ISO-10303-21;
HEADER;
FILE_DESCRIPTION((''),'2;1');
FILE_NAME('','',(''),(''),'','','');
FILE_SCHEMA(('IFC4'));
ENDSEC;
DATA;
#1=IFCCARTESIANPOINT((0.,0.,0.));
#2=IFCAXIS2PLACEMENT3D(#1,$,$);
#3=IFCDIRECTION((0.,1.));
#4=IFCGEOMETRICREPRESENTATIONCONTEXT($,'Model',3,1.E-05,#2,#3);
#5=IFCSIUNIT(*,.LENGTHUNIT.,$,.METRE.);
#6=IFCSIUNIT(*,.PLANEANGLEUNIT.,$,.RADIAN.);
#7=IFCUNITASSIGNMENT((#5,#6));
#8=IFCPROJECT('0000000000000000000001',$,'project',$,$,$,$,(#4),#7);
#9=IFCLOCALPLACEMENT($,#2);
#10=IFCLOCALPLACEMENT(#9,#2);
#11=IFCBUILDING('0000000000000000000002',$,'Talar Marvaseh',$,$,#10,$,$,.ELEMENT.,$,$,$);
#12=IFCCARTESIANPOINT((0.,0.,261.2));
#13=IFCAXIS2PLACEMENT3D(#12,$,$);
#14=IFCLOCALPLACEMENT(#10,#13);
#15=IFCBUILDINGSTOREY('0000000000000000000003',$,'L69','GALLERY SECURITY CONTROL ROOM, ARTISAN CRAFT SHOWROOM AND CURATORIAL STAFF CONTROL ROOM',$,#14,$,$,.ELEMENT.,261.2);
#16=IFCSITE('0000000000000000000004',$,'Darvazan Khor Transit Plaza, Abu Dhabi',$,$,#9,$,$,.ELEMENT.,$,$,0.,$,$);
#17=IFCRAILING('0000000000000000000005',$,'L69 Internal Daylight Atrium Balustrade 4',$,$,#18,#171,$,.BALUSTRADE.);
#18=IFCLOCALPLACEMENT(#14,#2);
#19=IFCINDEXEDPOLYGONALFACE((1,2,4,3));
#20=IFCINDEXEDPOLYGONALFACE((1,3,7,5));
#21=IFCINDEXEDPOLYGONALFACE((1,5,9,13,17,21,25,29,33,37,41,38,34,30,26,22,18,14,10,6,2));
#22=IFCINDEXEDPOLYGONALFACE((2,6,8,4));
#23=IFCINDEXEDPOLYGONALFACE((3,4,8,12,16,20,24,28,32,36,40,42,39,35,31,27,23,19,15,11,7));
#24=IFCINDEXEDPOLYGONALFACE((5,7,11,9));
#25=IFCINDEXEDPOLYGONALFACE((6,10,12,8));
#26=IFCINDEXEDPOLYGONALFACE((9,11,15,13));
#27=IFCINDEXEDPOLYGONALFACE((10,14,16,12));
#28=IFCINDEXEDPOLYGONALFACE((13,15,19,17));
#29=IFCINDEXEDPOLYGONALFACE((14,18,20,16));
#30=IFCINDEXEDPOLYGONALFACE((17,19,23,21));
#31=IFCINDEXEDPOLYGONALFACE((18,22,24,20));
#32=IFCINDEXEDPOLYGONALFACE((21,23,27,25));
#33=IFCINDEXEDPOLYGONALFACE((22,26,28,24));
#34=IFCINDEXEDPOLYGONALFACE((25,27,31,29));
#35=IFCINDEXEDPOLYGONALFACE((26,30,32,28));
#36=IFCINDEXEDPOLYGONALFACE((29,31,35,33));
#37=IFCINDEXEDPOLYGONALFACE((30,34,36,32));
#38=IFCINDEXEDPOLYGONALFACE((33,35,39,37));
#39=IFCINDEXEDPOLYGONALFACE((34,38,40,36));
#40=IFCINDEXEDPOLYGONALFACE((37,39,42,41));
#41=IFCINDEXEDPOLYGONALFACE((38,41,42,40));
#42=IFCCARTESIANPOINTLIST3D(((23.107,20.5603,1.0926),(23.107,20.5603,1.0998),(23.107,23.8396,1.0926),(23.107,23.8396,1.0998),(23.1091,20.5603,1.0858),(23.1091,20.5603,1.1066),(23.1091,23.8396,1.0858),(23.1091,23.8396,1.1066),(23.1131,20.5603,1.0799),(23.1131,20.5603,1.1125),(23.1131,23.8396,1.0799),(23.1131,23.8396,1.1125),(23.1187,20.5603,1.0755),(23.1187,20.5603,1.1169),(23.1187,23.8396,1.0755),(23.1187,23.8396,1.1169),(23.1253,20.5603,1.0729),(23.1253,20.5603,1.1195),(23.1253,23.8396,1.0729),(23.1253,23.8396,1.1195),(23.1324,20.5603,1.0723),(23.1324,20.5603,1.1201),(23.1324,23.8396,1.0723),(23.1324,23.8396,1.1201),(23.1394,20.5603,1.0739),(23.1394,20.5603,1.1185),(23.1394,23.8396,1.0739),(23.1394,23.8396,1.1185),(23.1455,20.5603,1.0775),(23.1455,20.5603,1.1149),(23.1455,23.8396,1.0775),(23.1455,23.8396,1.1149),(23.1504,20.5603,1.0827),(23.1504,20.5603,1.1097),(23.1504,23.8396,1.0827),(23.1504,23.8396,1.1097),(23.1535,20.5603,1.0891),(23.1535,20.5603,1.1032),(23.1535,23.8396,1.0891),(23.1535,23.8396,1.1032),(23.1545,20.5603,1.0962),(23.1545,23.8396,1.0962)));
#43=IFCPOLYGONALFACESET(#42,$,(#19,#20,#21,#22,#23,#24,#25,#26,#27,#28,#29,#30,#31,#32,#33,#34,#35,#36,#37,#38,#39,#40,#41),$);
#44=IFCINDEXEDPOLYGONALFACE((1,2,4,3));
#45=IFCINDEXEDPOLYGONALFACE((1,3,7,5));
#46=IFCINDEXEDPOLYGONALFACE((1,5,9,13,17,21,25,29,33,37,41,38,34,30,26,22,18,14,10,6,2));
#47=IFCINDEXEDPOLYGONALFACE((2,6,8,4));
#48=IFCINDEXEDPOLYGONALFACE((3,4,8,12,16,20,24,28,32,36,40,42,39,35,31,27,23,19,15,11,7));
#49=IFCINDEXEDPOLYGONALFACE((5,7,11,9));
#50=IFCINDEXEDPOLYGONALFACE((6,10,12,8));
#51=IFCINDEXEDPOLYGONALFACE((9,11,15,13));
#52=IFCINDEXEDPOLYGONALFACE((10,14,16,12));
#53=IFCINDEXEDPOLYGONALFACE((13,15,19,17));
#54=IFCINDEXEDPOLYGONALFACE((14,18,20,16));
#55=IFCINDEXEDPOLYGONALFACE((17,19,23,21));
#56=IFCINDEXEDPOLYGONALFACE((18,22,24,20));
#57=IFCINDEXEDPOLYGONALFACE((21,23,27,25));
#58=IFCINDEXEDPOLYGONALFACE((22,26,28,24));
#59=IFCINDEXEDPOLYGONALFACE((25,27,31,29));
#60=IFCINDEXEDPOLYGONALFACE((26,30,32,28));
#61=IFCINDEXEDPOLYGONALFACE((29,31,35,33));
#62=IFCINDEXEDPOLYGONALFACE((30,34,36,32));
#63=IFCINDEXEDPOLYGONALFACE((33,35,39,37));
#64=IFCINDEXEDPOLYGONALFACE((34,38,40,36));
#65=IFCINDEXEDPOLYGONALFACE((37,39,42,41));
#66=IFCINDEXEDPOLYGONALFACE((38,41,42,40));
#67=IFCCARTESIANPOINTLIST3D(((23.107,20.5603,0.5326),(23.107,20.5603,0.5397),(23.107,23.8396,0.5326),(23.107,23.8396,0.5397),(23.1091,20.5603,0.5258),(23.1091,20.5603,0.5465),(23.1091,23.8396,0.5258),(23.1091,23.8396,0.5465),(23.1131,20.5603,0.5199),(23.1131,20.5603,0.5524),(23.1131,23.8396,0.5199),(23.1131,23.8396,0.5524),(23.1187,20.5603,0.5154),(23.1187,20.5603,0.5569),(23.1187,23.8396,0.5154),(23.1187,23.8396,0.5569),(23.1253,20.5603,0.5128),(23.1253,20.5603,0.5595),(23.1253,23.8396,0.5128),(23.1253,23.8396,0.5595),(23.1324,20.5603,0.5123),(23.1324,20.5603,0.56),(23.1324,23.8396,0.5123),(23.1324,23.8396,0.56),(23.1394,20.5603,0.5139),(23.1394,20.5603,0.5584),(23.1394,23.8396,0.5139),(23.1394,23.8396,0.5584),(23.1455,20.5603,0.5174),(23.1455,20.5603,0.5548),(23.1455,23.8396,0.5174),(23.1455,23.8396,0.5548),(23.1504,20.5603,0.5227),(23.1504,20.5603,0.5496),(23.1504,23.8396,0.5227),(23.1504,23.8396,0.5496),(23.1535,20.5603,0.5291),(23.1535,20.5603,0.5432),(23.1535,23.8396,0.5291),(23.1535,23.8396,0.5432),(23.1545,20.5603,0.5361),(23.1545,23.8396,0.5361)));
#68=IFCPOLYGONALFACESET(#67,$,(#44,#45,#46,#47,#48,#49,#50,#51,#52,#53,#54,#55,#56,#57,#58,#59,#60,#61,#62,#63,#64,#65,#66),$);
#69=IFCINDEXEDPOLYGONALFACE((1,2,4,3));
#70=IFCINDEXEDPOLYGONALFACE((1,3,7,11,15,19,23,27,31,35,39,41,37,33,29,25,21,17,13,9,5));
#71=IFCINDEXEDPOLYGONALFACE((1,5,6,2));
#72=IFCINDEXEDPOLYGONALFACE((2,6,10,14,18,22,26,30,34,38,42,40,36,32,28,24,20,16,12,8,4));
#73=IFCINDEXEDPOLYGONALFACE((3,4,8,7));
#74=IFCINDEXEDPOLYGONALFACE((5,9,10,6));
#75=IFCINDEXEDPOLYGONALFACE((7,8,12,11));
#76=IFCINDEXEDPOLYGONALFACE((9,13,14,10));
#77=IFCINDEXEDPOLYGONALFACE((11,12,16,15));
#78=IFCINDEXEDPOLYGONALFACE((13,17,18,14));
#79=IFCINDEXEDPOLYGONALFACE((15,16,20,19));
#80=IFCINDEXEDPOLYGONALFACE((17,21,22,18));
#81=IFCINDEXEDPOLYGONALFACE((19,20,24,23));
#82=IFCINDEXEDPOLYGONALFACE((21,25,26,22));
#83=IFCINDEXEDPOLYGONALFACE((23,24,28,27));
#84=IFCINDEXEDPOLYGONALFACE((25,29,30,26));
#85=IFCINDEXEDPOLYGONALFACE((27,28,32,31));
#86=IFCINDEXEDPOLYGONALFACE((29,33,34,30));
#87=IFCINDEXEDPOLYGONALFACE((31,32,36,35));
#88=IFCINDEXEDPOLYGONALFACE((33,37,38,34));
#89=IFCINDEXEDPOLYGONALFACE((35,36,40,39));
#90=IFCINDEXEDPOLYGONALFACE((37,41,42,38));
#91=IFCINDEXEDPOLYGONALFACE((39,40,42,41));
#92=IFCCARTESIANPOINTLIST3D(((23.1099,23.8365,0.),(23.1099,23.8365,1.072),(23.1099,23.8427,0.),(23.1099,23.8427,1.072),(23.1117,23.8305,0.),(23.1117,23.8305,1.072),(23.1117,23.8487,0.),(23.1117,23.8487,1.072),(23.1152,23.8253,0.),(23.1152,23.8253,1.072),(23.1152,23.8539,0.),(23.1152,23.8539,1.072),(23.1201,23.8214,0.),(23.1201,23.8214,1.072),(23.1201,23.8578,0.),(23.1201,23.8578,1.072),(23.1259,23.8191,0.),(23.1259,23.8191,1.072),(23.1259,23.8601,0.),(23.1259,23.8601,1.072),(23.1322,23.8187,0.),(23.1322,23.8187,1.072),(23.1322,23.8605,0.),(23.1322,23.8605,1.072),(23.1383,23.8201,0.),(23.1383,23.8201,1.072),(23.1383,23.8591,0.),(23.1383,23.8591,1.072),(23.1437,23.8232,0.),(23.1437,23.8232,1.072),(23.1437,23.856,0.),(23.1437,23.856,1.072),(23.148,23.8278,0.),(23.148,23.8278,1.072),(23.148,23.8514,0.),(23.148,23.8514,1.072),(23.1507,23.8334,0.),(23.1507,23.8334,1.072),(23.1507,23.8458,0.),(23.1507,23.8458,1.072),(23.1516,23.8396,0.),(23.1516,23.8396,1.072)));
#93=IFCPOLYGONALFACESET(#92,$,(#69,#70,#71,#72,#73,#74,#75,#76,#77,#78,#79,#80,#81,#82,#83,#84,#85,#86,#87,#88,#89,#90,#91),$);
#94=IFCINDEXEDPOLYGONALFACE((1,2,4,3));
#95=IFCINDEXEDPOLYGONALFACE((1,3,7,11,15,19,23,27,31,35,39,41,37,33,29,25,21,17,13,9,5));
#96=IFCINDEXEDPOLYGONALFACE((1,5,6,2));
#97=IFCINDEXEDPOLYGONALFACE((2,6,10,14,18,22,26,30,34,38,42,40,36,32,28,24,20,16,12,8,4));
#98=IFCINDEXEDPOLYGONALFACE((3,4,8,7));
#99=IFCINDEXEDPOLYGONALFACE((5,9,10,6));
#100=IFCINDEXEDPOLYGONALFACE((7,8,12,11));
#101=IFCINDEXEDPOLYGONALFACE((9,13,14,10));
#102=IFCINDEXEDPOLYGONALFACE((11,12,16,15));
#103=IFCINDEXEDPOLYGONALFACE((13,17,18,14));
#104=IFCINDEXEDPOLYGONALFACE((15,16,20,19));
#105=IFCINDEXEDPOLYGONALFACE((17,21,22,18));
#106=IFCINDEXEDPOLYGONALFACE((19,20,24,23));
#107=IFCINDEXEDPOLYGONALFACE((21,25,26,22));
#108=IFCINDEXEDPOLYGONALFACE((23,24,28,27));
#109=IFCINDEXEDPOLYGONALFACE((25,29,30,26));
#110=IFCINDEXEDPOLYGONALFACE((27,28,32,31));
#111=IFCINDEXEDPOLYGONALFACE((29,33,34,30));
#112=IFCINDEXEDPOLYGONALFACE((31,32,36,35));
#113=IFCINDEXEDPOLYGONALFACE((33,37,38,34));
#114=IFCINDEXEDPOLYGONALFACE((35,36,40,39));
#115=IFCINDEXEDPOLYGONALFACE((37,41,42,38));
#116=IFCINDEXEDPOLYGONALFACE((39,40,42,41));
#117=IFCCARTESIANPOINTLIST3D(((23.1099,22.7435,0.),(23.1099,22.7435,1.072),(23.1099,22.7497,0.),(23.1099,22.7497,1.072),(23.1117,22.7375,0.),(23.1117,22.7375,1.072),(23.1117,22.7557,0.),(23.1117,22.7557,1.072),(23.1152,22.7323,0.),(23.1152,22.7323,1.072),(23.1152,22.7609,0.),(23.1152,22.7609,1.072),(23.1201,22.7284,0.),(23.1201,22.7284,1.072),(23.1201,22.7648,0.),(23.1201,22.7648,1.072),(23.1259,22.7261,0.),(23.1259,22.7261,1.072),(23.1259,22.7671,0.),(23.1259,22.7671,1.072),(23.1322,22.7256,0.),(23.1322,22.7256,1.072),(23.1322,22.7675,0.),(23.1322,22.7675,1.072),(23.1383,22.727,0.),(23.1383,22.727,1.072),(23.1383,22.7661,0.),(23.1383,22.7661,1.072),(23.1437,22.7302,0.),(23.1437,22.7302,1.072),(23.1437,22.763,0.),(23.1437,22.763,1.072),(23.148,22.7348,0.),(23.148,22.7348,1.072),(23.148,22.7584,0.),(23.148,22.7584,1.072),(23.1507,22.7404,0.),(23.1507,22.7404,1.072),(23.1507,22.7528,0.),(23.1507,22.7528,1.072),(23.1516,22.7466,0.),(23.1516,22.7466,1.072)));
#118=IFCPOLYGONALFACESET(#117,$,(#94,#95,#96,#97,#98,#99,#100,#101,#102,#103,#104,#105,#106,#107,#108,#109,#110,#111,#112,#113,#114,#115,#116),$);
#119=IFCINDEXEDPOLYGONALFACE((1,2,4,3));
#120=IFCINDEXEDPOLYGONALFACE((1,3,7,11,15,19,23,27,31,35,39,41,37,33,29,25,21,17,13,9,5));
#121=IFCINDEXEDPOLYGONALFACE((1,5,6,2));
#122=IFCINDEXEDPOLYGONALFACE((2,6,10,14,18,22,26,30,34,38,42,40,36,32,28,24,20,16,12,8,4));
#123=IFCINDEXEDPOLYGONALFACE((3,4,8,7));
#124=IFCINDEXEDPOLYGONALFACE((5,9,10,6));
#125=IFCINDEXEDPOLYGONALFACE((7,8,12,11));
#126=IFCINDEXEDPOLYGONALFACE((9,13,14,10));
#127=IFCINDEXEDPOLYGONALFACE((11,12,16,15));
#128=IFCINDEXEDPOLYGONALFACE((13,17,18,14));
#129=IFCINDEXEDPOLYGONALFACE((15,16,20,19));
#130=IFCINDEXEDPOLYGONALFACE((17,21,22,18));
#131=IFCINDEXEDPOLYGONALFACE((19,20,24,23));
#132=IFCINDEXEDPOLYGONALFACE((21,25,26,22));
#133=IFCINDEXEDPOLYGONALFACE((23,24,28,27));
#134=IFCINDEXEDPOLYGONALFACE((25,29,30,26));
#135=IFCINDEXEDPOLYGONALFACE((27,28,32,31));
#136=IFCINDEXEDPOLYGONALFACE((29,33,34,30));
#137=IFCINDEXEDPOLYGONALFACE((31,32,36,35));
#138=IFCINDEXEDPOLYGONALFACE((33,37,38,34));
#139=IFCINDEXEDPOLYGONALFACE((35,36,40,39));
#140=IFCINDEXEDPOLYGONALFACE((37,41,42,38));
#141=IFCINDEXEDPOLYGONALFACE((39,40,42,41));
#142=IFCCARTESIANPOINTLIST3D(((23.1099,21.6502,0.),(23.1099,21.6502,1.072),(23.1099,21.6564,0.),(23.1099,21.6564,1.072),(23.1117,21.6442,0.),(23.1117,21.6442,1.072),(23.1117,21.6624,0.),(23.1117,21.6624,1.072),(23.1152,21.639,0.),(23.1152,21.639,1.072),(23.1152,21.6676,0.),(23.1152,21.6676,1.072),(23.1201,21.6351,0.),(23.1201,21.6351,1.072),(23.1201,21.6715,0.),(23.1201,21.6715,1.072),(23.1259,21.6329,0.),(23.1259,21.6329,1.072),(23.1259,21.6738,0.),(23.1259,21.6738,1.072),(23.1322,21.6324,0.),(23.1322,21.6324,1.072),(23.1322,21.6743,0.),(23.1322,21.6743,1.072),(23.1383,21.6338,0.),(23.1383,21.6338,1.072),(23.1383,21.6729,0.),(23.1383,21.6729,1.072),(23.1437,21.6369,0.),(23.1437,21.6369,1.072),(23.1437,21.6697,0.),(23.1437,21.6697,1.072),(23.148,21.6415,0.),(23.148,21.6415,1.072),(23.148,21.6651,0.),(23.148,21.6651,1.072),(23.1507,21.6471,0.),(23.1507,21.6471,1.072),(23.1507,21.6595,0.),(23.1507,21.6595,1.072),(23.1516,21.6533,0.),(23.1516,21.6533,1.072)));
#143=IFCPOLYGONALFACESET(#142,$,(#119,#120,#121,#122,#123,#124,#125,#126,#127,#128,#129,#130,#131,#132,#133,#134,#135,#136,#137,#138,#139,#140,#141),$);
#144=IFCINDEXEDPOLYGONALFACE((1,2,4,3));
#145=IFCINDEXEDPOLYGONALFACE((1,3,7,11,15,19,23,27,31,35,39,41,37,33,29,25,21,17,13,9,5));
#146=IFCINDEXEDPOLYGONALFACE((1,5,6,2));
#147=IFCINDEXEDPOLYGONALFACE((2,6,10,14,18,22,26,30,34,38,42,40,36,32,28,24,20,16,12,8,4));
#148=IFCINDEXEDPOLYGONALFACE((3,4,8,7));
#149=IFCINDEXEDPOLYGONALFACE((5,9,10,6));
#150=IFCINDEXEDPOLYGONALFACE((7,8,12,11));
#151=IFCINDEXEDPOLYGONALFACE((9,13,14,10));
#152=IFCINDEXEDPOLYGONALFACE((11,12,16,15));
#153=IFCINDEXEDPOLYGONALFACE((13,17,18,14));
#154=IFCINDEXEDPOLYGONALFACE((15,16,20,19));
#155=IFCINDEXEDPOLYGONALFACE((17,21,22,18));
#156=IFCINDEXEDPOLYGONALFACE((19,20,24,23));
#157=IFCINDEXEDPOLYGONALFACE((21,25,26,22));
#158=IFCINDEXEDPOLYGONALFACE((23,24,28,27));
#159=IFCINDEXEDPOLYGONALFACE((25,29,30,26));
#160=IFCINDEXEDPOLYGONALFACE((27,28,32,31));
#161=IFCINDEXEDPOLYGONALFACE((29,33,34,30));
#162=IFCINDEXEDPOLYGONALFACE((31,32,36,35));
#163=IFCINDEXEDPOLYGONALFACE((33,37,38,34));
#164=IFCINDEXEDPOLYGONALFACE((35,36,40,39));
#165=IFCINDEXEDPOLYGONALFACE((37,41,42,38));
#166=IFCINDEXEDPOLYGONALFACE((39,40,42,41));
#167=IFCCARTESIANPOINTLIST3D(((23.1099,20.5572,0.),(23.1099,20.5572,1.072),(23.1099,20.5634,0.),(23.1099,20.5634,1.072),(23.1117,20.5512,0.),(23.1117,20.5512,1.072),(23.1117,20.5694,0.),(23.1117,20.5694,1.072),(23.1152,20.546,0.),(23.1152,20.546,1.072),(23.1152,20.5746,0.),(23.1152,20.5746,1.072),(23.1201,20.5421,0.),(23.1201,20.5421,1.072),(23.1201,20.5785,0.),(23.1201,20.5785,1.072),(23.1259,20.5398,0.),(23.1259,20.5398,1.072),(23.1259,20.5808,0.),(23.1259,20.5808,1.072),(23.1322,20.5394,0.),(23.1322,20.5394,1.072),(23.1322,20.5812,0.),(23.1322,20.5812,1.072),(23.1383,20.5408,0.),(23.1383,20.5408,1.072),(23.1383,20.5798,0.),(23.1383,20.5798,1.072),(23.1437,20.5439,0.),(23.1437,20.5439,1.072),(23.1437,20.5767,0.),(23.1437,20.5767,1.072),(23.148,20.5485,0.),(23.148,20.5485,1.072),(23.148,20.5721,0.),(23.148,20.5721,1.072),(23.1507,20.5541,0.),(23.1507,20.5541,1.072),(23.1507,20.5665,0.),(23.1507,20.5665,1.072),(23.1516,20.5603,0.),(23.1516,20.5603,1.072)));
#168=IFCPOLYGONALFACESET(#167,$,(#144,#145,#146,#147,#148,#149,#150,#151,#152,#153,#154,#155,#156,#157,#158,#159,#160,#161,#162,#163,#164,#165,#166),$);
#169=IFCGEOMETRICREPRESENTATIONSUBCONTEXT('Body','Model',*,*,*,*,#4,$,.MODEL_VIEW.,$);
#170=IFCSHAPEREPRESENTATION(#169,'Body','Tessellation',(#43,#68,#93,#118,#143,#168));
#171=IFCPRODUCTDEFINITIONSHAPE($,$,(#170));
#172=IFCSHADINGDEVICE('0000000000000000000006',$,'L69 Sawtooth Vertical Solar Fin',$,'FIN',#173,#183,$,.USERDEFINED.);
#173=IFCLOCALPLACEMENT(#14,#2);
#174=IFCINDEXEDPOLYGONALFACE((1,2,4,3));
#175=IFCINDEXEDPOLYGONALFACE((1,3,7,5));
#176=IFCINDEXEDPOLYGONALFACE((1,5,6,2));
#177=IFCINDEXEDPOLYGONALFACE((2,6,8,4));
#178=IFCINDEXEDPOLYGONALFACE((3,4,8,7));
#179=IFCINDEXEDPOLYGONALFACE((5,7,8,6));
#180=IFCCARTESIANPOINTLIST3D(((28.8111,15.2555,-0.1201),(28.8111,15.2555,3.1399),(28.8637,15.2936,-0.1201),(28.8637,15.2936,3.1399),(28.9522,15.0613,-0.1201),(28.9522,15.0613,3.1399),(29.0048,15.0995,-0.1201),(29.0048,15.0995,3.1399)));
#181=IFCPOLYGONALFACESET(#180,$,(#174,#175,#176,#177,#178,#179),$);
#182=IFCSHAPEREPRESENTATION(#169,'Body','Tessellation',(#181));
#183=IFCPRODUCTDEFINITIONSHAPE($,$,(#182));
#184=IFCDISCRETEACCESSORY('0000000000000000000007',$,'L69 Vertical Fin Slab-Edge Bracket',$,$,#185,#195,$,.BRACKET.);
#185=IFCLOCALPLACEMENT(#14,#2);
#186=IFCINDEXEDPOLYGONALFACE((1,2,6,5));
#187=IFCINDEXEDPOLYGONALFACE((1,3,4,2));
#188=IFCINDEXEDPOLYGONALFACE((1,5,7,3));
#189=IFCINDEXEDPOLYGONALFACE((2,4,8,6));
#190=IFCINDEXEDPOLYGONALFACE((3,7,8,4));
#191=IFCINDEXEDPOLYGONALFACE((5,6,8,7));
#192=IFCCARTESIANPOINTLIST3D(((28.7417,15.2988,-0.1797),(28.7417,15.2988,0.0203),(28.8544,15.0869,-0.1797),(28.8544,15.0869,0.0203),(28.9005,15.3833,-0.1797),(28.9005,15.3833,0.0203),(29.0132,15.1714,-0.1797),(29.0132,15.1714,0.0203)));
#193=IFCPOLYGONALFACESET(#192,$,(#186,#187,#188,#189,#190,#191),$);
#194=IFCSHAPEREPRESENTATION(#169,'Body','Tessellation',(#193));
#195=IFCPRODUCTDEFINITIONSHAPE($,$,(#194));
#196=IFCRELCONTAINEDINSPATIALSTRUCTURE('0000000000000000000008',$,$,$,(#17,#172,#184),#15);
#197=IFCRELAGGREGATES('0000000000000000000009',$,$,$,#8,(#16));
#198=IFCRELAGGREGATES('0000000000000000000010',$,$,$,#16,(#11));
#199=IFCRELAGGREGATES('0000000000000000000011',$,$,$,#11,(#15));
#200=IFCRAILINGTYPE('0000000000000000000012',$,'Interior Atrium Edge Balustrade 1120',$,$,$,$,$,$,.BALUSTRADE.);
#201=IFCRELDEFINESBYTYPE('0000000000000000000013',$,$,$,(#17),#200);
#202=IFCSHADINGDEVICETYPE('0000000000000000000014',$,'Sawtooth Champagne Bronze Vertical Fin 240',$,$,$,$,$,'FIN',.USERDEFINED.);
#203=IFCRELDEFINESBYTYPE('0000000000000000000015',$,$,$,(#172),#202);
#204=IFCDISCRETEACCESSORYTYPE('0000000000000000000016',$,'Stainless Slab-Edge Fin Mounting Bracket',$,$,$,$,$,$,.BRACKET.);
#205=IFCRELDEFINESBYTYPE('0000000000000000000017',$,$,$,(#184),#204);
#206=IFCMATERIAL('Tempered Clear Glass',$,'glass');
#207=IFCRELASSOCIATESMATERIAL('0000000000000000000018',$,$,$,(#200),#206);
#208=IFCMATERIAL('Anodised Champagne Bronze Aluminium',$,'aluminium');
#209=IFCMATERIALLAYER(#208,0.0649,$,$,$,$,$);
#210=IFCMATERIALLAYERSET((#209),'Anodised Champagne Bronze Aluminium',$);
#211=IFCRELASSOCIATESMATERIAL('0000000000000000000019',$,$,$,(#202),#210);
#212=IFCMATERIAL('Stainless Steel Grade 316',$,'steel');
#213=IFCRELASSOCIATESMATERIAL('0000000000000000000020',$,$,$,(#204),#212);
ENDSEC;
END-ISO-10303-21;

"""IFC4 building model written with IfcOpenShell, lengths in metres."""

from ifc_helpers import new_model, si_unit, direction, frame, origin, origin_2d, place, context, subcontext, project, spatial, rectangle, circle, extrude, source, transform, mapped, material, layer, layer_set, type_object, type_shapes, element, save


model = new_model("IFC4")

# Units and contexts
model_context = context("Model", 3, precision=1e-05, world=origin(), true_north=direction((0.0, 1.0)))
body_context = subcontext(model_context, "Body", "Model", "MODEL_VIEW")
ifc_project = project(units=[si_unit("LENGTHUNIT", "METRE"), si_unit("PLANEANGLEUNIT", "RADIAN")], contexts=[model_context])

# Site, building, storey
site_placement = place(None, origin())
site = spatial("IfcSite", under=ifc_project, at=site_placement, Name="Darvazan Khor Transit Plaza, Abu Dhabi", CompositionType="ELEMENT", RefElevation=0.0)
building_placement = place(site_placement, origin())
building = spatial("IfcBuilding", under=site, at=building_placement, Name="Talar Marvaseh", CompositionType="ELEMENT")
storey_placement = place(building_placement, frame((0.0, 0.0, 261.2)))
storey = spatial("IfcBuildingStorey", under=building, at=storey_placement, Name="L69", Description="GALLERY SECURITY CONTROL ROOM, ARTISAN CRAFT SHOWROOM AND CURATORIAL STAFF CONTROL ROOM", CompositionType="ELEMENT", Elevation=261.2)

# Railing
ifc_material_1 = material(Name="Tempered Clear Glass", Category="glass")
railing_type = type_object("IfcRailingType", Name="Interior Atrium Edge Balustrade 1120", PredefinedType="BALUSTRADE", material=ifc_material_1)
railing_1_placement = place(storey_placement, frame((23.1306, 23.8396, 0.0)))
element("IfcRailing", 1, at=railing_1_placement, inside=storey, type_object=railing_type, Name="L69 Internal Daylight Atrium Balustrade 4", PredefinedType="BALUSTRADE", context=body_context, shape_type="SweptSolid", body=[
    extrude(circle(Radius=0.0239, at=origin_2d()), frame((0.0, 0.0, 1.0962), z_axis=(0.0, -1.0, 0.0), x_axis=(1.0, 0.0, 0.0)), (0.0, 0.0, 1.0), 3.2793),
    extrude(circle(Radius=0.0239, at=origin_2d()), frame((0.0, 0.0, 0.5361), z_axis=(0.0, -1.0, 0.0), x_axis=(1.0, 0.0, 0.0)), (0.0, 0.0, 1.0), 3.2793),
    extrude(circle(Radius=0.021, at=origin_2d()), origin(), (0.0, 0.0, 1.0), 1.072),
    extrude(circle(Radius=0.021, at=origin_2d()), frame((0.0, -1.093, 0.0)), (0.0, 0.0, 1.0), 1.072),
    extrude(circle(Radius=0.021, at=origin_2d()), frame((0.0, -2.1863, 0.0)), (0.0, 0.0, 1.0), 1.072),
    extrude(circle(Radius=0.021, at=origin_2d()), frame((0.0, -3.2793, 0.0)), (0.0, 0.0, 1.0), 1.072),
])

# Shading device
ifc_material_2 = material(Name="Anodised Champagne Bronze Aluminium", Category="aluminium")
ifc_layer_1 = layer(ifc_material_2, 0.0649)
ifc_layer_set_1 = layer_set([ifc_layer_1], Name="Anodised Champagne Bronze Aluminium")
shading_device_type = type_object("IfcShadingDeviceType", Name="Sawtooth Champagne Bronze Vertical Fin 240", ElementType="FIN", PredefinedType="USERDEFINED", material=ifc_layer_set_1)
shared_shape_1 = source(origin(), body_context, "Body", "SweptSolid", [
    extrude(rectangle(XDim=0.24, YDim=0.0649, at=origin_2d()), origin(), (0.0, 0.0, 1.0), 3.26),
])
type_shapes(shading_device_type, [shared_shape_1])
shading_device_placement = place(storey_placement, frame((28.908, 15.1775, -0.1201), z_axis=(0.0, 0.0, 1.0), x_axis=(0.587926, -0.808914, 0.0)))
element("IfcShadingDevice", 2, at=shading_device_placement, inside=storey, type_object=shading_device_type, Name="L69 Sawtooth Vertical Solar Fin", ObjectType="FIN", PredefinedType="USERDEFINED", context=body_context, shape_type="MappedRepresentation", body=[
    mapped(shared_shape_1, transform((0.0, 0.0, 0.0), x_axis=(1.0, 0.0, 0.0), y_axis=(0.0, 1.0, 0.0), z_axis=(0.0, 0.0, 1.0), scale=1.0)),
])

# Discrete accessory
ifc_material_3 = material(Name="Stainless Steel Grade 316", Category="steel")
discrete_accessory_type = type_object("IfcDiscreteAccessoryType", Name="Stainless Slab-Edge Fin Mounting Bracket", PredefinedType="BRACKET", material=ifc_material_3)
shared_shape_2 = source(origin(), body_context, "Body", "SweptSolid", [
    extrude(rectangle(XDim=0.24, YDim=0.1799, at=origin_2d()), origin(), (0.0, 0.0, 1.0), 0.2),
])
type_shapes(discrete_accessory_type, [shared_shape_2])
discrete_accessory_placement = place(storey_placement, frame((28.8774, 15.2351, -0.1797), z_axis=(0.0, 0.0, 1.0), x_axis=(0.469626, -0.882866, 0.0)))
element("IfcDiscreteAccessory", 3, at=discrete_accessory_placement, inside=storey, type_object=discrete_accessory_type, Name="L69 Vertical Fin Slab-Edge Bracket", PredefinedType="BRACKET", context=body_context, shape_type="MappedRepresentation", body=[
    mapped(shared_shape_2, transform((0.0, 0.0, 0.0), x_axis=(1.0, 0.0, 0.0), y_axis=(0.0, 1.0, 0.0), z_axis=(0.0, 0.0, 1.0), scale=1.0)),
])

save(model, "model.ifc")
